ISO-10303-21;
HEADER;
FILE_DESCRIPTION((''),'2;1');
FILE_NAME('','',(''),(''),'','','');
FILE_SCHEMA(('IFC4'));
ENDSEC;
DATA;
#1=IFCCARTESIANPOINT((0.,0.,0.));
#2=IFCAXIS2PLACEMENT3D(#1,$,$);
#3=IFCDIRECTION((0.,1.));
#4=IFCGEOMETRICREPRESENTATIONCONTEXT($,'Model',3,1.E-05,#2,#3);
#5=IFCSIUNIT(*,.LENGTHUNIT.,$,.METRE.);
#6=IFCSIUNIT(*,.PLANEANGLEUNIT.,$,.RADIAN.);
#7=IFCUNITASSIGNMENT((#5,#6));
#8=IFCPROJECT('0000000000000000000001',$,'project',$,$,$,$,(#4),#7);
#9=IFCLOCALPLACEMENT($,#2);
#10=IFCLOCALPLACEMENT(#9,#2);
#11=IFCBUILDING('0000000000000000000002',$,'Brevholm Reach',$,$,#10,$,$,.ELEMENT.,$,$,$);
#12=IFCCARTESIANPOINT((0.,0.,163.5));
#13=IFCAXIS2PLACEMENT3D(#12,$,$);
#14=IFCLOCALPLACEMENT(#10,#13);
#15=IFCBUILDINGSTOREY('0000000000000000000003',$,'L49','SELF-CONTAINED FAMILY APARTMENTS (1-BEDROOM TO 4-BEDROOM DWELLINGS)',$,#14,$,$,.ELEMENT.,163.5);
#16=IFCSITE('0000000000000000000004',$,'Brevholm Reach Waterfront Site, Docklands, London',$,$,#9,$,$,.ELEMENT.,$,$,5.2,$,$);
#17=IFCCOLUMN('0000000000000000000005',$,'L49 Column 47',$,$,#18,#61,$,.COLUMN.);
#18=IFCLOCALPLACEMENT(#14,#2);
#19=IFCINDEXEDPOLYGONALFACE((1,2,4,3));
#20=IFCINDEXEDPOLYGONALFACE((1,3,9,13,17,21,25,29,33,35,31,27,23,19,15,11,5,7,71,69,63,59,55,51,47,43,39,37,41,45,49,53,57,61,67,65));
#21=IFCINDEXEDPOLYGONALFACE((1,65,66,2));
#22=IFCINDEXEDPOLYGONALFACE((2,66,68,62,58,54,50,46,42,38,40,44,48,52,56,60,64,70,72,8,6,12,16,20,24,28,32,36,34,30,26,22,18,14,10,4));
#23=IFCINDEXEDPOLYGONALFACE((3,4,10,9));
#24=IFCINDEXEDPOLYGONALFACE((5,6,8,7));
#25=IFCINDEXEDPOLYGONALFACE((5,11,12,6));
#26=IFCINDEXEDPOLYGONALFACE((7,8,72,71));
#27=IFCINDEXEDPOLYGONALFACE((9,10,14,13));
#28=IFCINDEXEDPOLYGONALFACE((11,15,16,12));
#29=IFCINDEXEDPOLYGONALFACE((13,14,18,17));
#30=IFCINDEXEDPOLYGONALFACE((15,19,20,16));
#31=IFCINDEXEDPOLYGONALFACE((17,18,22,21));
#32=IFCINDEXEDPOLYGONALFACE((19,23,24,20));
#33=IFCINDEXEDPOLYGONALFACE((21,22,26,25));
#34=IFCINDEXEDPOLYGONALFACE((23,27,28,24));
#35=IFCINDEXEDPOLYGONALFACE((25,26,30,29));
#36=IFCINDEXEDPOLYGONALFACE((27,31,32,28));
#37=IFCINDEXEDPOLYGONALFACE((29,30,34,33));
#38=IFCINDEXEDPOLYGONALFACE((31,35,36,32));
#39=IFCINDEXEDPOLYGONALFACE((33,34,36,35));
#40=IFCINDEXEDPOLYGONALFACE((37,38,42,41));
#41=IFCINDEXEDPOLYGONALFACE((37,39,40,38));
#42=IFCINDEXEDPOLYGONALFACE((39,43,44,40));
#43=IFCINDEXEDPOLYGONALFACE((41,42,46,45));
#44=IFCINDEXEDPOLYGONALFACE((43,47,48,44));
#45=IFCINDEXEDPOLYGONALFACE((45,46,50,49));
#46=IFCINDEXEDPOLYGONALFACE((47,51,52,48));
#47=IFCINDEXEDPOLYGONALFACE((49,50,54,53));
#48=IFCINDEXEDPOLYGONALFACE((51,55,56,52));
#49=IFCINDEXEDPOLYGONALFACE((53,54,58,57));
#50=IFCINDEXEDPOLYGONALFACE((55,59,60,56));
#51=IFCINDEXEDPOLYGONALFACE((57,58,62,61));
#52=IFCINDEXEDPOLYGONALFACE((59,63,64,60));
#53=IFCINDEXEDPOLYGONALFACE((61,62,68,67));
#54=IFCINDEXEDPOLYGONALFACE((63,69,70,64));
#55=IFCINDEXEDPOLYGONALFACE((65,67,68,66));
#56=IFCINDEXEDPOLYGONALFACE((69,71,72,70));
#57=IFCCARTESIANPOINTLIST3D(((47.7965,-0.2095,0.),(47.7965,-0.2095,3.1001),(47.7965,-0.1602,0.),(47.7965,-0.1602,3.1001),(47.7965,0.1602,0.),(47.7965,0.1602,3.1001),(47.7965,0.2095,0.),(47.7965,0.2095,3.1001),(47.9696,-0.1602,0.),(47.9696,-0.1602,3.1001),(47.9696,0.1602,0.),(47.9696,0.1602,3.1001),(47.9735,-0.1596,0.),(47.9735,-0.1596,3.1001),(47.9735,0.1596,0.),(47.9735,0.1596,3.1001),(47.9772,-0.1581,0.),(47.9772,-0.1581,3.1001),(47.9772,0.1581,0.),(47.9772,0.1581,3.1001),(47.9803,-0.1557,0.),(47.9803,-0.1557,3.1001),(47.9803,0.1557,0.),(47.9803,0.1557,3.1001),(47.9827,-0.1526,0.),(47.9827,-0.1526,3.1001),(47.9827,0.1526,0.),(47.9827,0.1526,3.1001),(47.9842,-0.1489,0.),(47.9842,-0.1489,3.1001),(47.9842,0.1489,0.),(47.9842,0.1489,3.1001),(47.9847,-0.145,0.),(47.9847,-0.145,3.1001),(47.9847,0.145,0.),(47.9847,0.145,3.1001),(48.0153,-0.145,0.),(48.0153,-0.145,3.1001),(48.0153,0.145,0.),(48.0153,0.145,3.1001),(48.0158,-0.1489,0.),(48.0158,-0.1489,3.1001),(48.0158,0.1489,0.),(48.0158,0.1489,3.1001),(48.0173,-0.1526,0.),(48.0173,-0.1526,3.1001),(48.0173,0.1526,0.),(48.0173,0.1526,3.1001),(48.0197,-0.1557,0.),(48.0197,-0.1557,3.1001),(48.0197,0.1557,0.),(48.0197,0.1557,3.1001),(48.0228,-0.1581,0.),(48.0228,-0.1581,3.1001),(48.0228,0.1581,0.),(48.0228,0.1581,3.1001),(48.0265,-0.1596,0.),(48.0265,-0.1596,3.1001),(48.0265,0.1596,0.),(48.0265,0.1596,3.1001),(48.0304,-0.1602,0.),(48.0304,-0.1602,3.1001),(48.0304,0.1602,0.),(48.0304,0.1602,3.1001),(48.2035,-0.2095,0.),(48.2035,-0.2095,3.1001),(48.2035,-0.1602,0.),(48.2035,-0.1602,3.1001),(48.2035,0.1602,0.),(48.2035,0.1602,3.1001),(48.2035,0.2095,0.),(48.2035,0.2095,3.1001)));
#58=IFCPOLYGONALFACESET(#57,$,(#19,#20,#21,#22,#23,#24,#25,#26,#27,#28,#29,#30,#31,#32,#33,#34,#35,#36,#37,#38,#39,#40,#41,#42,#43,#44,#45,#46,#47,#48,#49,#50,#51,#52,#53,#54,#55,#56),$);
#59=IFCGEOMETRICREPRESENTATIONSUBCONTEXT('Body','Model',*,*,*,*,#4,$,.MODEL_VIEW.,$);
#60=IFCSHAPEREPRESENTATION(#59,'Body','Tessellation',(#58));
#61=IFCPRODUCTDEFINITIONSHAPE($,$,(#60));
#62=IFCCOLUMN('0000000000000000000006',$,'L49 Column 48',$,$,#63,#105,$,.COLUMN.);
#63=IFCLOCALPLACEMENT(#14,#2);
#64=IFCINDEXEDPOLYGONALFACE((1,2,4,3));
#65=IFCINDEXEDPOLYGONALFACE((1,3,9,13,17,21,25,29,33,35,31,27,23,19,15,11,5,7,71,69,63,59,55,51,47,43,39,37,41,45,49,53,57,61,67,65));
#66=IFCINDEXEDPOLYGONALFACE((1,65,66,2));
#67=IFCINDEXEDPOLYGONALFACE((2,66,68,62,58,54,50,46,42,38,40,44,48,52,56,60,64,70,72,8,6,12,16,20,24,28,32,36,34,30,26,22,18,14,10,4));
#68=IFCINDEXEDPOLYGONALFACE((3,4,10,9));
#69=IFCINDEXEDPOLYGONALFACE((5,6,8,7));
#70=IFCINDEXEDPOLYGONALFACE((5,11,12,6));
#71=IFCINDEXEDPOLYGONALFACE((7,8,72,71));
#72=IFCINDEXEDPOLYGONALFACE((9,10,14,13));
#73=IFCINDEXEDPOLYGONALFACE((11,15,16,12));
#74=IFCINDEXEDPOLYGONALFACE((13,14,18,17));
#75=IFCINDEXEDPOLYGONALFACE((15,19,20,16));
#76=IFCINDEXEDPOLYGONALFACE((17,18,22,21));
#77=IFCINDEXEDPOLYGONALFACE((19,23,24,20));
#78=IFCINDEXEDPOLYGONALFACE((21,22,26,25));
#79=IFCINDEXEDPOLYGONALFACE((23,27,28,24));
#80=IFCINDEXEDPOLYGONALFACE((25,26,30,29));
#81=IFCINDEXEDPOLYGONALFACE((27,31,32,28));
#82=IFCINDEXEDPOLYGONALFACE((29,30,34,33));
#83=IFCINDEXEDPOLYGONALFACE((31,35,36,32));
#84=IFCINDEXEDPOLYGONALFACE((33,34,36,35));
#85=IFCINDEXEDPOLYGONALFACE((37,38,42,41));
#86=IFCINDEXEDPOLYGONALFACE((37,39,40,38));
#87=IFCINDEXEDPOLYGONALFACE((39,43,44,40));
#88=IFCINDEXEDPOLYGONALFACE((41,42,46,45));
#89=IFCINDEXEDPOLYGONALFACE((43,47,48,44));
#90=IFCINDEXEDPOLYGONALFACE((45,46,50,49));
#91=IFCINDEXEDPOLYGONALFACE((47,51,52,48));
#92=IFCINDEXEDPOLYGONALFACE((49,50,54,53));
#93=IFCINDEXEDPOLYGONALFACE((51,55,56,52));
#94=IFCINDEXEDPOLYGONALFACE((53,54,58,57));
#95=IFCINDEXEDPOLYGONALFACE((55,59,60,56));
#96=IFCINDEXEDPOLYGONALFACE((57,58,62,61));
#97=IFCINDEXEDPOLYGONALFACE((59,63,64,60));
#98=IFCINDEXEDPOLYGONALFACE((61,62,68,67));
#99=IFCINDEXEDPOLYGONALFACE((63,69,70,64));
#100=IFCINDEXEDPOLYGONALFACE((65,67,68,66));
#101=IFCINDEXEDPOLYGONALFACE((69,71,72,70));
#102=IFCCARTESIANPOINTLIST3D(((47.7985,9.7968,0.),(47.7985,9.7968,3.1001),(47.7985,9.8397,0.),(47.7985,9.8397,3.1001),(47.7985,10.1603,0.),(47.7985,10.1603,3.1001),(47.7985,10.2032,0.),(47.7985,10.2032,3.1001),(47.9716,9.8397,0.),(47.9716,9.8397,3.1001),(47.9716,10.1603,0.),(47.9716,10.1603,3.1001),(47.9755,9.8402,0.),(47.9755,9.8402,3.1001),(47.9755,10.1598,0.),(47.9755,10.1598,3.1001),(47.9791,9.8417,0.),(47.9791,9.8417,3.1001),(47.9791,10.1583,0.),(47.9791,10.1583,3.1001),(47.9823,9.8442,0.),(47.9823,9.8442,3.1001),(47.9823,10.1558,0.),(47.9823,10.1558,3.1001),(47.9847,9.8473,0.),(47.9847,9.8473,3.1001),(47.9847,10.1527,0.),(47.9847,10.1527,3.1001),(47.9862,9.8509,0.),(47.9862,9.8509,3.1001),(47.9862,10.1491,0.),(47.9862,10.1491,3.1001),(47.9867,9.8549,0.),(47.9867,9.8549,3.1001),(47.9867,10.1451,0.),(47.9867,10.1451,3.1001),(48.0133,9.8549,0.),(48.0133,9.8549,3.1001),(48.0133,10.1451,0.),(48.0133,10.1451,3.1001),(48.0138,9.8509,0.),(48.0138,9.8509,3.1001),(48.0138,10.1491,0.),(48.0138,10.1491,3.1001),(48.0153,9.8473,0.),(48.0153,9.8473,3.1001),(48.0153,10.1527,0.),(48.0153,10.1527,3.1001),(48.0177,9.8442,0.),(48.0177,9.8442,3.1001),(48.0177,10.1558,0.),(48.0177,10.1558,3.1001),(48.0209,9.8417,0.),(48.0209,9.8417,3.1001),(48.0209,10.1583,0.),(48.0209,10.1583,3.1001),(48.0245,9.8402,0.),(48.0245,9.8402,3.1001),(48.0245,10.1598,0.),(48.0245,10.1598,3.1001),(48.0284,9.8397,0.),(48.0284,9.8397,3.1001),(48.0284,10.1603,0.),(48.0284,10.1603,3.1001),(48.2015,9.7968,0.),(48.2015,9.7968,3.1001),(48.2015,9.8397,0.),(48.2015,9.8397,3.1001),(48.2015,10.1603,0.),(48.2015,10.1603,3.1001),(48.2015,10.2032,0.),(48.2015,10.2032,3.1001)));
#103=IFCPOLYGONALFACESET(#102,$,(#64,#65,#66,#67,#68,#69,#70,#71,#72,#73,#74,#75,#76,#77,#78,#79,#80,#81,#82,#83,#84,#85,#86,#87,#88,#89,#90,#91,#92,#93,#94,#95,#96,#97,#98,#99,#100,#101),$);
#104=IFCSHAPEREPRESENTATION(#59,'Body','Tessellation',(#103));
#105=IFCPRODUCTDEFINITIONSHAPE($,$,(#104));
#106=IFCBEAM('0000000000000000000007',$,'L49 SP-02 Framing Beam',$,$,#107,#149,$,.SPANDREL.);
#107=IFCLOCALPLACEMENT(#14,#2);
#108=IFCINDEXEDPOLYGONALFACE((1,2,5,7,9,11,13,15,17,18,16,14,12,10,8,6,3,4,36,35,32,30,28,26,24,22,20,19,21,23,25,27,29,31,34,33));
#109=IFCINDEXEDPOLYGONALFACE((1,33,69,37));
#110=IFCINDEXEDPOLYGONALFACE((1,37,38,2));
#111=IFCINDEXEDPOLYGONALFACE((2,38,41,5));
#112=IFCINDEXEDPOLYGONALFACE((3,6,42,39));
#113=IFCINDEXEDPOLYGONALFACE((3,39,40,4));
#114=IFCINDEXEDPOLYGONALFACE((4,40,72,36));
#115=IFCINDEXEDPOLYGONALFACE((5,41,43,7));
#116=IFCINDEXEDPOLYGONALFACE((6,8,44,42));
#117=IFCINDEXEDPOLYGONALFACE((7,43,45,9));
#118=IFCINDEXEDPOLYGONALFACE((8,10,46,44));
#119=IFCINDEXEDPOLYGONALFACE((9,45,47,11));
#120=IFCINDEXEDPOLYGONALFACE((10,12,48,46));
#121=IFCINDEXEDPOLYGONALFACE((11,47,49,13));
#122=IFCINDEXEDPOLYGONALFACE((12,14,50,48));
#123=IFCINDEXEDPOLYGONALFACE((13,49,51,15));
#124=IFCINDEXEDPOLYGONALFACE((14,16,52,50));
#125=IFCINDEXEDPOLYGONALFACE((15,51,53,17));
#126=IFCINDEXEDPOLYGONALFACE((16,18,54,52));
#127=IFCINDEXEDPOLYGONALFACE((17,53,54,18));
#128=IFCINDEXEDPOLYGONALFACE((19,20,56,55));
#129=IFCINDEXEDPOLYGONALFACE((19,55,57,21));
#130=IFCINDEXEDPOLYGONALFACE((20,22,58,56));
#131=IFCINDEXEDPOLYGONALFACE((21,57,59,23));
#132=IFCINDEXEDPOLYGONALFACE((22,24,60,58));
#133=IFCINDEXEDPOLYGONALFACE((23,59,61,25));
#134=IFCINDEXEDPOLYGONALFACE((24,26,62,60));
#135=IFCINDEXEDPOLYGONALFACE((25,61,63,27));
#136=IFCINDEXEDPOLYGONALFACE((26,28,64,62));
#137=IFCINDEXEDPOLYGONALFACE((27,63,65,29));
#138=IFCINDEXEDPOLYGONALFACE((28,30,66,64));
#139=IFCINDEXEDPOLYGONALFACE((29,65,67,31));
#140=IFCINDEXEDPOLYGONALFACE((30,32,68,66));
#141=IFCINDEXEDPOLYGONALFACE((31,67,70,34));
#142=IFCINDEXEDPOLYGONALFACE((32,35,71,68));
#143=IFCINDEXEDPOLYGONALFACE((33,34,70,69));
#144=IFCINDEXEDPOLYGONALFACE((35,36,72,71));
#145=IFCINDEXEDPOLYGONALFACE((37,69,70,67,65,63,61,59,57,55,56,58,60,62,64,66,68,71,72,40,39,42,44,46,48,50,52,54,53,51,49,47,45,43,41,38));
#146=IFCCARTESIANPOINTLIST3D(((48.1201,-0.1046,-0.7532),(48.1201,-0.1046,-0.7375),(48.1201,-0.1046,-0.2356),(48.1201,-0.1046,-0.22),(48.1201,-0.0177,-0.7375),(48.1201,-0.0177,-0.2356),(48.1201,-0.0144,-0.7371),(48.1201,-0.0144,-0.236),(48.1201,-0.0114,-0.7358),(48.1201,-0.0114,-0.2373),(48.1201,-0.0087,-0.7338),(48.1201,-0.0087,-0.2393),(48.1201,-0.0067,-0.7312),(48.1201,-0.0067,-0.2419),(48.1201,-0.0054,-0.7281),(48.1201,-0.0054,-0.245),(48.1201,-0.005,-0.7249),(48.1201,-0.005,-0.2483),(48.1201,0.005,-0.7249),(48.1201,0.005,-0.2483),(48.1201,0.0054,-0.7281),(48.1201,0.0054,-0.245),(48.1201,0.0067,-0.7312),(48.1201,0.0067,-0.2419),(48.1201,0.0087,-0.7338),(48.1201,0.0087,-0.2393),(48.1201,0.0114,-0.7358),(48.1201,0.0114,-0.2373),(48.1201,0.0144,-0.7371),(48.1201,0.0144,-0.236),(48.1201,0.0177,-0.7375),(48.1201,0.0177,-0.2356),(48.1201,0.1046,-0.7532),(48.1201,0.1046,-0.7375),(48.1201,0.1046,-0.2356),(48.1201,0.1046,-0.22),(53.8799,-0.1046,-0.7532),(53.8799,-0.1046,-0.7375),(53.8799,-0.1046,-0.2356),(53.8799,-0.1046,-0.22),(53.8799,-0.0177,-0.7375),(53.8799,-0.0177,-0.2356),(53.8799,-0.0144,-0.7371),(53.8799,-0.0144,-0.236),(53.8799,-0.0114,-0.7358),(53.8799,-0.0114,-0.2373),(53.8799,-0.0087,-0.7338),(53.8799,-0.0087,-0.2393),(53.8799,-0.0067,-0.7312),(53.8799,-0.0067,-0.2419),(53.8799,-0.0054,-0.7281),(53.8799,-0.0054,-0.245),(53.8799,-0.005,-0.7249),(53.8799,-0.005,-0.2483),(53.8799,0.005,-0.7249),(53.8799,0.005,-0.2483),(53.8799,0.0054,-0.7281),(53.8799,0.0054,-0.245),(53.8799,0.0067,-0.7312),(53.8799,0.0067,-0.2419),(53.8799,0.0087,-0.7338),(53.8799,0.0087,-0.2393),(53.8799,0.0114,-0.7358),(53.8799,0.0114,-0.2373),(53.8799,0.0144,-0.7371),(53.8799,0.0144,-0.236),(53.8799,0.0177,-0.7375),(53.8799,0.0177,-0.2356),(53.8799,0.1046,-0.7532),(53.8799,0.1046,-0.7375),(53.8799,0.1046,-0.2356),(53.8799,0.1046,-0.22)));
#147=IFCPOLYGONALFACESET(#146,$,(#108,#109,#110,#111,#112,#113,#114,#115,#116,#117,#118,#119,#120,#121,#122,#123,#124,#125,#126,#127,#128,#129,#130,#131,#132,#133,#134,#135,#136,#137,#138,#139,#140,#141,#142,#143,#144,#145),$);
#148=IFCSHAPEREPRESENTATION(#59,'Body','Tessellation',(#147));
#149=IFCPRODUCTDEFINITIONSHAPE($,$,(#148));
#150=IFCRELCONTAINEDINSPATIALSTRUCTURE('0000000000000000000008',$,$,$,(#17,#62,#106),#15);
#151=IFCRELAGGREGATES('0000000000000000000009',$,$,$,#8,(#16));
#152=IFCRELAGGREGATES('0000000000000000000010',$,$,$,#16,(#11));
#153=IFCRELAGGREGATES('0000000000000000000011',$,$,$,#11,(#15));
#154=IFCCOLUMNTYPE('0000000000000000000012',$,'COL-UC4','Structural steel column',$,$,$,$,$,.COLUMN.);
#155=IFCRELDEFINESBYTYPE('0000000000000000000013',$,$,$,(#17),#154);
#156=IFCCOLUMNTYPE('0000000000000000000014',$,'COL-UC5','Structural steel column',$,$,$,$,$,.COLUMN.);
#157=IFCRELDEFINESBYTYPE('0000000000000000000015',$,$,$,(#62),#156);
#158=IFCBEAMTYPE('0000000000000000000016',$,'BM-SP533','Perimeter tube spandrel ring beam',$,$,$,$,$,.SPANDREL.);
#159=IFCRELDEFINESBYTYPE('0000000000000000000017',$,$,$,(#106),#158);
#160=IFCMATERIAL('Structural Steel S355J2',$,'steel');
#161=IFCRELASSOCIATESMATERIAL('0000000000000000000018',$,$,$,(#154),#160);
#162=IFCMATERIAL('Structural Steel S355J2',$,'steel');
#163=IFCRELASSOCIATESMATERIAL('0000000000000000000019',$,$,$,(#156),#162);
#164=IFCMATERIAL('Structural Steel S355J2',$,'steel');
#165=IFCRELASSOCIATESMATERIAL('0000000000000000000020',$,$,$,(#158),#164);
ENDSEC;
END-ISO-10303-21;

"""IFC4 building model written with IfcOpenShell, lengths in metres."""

from ifc_helpers import new_model, si_unit, direction, frame, origin, origin_2d, place, context, subcontext, project, spatial, i_section, extrude, material, material_profile, profile_set, type_object, element, save


model = new_model("IFC4")

# Units and contexts
model_context = context("Model", 3, precision=1e-05, world=origin(), true_north=direction((0.0, 1.0)))
body_context = subcontext(model_context, "Body", "Model", "MODEL_VIEW")
ifc_project = project(units=[si_unit("LENGTHUNIT", "METRE"), si_unit("PLANEANGLEUNIT", "RADIAN")], contexts=[model_context])

# Site, building, storey
site_placement = place(None, origin())
site = spatial("IfcSite", under=ifc_project, at=site_placement, Name="Brevholm Reach Waterfront Site, Docklands, London", CompositionType="ELEMENT", RefElevation=5.2)
building_placement = place(site_placement, origin())
building = spatial("IfcBuilding", under=site, at=building_placement, Name="Brevholm Reach", CompositionType="ELEMENT")
storey_placement = place(building_placement, frame((0.0, 0.0, 163.5)))
storey = spatial("IfcBuildingStorey", under=building, at=storey_placement, Name="L49", Description="SELF-CONTAINED FAMILY APARTMENTS (1-BEDROOM TO 4-BEDROOM DWELLINGS)", CompositionType="ELEMENT", Elevation=163.5)

# Columns
ifc_material_1 = material(Name="Structural Steel S355J2", Category="steel")
ifc_material_profile_1 = material_profile(ifc_material_1, i_section(OverallWidth=0.407, OverallDepth=0.4189, WebThickness=0.0305, FlangeThickness=0.0493, FilletRadius=0.0151, at=origin_2d()), Name="UKC 356x406x393")
ifc_profile_set_1 = profile_set([ifc_material_profile_1], Name="Structural Steel S355J2")
column_type_1 = type_object("IfcColumnType", Name="COL-UC4", Description="Structural steel column", PredefinedType="COLUMN", material=ifc_profile_set_1)
column_1_placement = place(storey_placement, frame((48.0, 0.0, 0.0), z_axis=(0.0, 0.0, 1.0), x_axis=(1.0, 0.0, 0.0)))
element("IfcColumn", 1, at=column_1_placement, inside=storey, type_object=column_type_1, Name="L49 Column 47", PredefinedType="COLUMN", context=body_context, shape_type="SweptSolid", body=[
    extrude(i_section(OverallWidth=0.407, OverallDepth=0.4189, WebThickness=0.0305, FlangeThickness=0.0493, FilletRadius=0.0151, at=origin_2d()), origin(), (0.0, 0.0, 1.0), 3.1001),
])
ifc_material_2 = material(Name="Structural Steel S355J2", Category="steel")
ifc_material_profile_2 = material_profile(ifc_material_2, i_section(OverallWidth=0.4031, OverallDepth=0.4065, WebThickness=0.0266, FlangeThickness=0.043, FilletRadius=0.0151, at=origin_2d()), Name="UKC 356x406x340")
ifc_profile_set_2 = profile_set([ifc_material_profile_2], Name="Structural Steel S355J2")
column_type_2 = type_object("IfcColumnType", Name="COL-UC5", Description="Structural steel column", PredefinedType="COLUMN", material=ifc_profile_set_2)
column_2_placement = place(storey_placement, frame((48.0, 10.0, 0.0), z_axis=(0.0, 0.0, 1.0), x_axis=(1.0, 0.0, 0.0)))
element("IfcColumn", 2, at=column_2_placement, inside=storey, type_object=column_type_2, Name="L49 Column 48", PredefinedType="COLUMN", context=body_context, shape_type="SweptSolid", body=[
    extrude(i_section(OverallWidth=0.4031, OverallDepth=0.4065, WebThickness=0.0266, FlangeThickness=0.043, FilletRadius=0.0151, at=origin_2d()), origin(), (0.0, 0.0, 1.0), 3.1001),
])

# Beam
ifc_material_3 = material(Name="Structural Steel S355J2", Category="steel")
ifc_material_profile_3 = material_profile(ifc_material_3, i_section(OverallWidth=0.2092, OverallDepth=0.5332, WebThickness=0.01, FlangeThickness=0.0156, FilletRadius=0.0127, at=origin_2d()), Name="UKB 533x210x92")
ifc_profile_set_3 = profile_set([ifc_material_profile_3], Name="Structural Steel S355J2")
beam_type_1 = type_object("IfcBeamType", Name="BM-SP533", Description="Perimeter tube spandrel ring beam", PredefinedType="SPANDREL", material=ifc_profile_set_3)
beam_1_placement = place(storey_placement, frame((48.1201, 0.0, -0.4866), z_axis=(1.0, 0.0, 0.0), x_axis=(0.0, 1.0, 0.0)))
element("IfcBeam", 3, at=beam_1_placement, inside=storey, type_object=beam_type_1, Name="L49 SP-02 Framing Beam", PredefinedType="SPANDREL", context=body_context, shape_type="SweptSolid", body=[
    extrude(i_section(OverallWidth=0.2092, OverallDepth=0.5332, WebThickness=0.01, FlangeThickness=0.0156, FilletRadius=0.0127, at=origin_2d()), origin(), (0.0, 0.0, 1.0), 5.7598),
])

save(model, "model.ifc")
